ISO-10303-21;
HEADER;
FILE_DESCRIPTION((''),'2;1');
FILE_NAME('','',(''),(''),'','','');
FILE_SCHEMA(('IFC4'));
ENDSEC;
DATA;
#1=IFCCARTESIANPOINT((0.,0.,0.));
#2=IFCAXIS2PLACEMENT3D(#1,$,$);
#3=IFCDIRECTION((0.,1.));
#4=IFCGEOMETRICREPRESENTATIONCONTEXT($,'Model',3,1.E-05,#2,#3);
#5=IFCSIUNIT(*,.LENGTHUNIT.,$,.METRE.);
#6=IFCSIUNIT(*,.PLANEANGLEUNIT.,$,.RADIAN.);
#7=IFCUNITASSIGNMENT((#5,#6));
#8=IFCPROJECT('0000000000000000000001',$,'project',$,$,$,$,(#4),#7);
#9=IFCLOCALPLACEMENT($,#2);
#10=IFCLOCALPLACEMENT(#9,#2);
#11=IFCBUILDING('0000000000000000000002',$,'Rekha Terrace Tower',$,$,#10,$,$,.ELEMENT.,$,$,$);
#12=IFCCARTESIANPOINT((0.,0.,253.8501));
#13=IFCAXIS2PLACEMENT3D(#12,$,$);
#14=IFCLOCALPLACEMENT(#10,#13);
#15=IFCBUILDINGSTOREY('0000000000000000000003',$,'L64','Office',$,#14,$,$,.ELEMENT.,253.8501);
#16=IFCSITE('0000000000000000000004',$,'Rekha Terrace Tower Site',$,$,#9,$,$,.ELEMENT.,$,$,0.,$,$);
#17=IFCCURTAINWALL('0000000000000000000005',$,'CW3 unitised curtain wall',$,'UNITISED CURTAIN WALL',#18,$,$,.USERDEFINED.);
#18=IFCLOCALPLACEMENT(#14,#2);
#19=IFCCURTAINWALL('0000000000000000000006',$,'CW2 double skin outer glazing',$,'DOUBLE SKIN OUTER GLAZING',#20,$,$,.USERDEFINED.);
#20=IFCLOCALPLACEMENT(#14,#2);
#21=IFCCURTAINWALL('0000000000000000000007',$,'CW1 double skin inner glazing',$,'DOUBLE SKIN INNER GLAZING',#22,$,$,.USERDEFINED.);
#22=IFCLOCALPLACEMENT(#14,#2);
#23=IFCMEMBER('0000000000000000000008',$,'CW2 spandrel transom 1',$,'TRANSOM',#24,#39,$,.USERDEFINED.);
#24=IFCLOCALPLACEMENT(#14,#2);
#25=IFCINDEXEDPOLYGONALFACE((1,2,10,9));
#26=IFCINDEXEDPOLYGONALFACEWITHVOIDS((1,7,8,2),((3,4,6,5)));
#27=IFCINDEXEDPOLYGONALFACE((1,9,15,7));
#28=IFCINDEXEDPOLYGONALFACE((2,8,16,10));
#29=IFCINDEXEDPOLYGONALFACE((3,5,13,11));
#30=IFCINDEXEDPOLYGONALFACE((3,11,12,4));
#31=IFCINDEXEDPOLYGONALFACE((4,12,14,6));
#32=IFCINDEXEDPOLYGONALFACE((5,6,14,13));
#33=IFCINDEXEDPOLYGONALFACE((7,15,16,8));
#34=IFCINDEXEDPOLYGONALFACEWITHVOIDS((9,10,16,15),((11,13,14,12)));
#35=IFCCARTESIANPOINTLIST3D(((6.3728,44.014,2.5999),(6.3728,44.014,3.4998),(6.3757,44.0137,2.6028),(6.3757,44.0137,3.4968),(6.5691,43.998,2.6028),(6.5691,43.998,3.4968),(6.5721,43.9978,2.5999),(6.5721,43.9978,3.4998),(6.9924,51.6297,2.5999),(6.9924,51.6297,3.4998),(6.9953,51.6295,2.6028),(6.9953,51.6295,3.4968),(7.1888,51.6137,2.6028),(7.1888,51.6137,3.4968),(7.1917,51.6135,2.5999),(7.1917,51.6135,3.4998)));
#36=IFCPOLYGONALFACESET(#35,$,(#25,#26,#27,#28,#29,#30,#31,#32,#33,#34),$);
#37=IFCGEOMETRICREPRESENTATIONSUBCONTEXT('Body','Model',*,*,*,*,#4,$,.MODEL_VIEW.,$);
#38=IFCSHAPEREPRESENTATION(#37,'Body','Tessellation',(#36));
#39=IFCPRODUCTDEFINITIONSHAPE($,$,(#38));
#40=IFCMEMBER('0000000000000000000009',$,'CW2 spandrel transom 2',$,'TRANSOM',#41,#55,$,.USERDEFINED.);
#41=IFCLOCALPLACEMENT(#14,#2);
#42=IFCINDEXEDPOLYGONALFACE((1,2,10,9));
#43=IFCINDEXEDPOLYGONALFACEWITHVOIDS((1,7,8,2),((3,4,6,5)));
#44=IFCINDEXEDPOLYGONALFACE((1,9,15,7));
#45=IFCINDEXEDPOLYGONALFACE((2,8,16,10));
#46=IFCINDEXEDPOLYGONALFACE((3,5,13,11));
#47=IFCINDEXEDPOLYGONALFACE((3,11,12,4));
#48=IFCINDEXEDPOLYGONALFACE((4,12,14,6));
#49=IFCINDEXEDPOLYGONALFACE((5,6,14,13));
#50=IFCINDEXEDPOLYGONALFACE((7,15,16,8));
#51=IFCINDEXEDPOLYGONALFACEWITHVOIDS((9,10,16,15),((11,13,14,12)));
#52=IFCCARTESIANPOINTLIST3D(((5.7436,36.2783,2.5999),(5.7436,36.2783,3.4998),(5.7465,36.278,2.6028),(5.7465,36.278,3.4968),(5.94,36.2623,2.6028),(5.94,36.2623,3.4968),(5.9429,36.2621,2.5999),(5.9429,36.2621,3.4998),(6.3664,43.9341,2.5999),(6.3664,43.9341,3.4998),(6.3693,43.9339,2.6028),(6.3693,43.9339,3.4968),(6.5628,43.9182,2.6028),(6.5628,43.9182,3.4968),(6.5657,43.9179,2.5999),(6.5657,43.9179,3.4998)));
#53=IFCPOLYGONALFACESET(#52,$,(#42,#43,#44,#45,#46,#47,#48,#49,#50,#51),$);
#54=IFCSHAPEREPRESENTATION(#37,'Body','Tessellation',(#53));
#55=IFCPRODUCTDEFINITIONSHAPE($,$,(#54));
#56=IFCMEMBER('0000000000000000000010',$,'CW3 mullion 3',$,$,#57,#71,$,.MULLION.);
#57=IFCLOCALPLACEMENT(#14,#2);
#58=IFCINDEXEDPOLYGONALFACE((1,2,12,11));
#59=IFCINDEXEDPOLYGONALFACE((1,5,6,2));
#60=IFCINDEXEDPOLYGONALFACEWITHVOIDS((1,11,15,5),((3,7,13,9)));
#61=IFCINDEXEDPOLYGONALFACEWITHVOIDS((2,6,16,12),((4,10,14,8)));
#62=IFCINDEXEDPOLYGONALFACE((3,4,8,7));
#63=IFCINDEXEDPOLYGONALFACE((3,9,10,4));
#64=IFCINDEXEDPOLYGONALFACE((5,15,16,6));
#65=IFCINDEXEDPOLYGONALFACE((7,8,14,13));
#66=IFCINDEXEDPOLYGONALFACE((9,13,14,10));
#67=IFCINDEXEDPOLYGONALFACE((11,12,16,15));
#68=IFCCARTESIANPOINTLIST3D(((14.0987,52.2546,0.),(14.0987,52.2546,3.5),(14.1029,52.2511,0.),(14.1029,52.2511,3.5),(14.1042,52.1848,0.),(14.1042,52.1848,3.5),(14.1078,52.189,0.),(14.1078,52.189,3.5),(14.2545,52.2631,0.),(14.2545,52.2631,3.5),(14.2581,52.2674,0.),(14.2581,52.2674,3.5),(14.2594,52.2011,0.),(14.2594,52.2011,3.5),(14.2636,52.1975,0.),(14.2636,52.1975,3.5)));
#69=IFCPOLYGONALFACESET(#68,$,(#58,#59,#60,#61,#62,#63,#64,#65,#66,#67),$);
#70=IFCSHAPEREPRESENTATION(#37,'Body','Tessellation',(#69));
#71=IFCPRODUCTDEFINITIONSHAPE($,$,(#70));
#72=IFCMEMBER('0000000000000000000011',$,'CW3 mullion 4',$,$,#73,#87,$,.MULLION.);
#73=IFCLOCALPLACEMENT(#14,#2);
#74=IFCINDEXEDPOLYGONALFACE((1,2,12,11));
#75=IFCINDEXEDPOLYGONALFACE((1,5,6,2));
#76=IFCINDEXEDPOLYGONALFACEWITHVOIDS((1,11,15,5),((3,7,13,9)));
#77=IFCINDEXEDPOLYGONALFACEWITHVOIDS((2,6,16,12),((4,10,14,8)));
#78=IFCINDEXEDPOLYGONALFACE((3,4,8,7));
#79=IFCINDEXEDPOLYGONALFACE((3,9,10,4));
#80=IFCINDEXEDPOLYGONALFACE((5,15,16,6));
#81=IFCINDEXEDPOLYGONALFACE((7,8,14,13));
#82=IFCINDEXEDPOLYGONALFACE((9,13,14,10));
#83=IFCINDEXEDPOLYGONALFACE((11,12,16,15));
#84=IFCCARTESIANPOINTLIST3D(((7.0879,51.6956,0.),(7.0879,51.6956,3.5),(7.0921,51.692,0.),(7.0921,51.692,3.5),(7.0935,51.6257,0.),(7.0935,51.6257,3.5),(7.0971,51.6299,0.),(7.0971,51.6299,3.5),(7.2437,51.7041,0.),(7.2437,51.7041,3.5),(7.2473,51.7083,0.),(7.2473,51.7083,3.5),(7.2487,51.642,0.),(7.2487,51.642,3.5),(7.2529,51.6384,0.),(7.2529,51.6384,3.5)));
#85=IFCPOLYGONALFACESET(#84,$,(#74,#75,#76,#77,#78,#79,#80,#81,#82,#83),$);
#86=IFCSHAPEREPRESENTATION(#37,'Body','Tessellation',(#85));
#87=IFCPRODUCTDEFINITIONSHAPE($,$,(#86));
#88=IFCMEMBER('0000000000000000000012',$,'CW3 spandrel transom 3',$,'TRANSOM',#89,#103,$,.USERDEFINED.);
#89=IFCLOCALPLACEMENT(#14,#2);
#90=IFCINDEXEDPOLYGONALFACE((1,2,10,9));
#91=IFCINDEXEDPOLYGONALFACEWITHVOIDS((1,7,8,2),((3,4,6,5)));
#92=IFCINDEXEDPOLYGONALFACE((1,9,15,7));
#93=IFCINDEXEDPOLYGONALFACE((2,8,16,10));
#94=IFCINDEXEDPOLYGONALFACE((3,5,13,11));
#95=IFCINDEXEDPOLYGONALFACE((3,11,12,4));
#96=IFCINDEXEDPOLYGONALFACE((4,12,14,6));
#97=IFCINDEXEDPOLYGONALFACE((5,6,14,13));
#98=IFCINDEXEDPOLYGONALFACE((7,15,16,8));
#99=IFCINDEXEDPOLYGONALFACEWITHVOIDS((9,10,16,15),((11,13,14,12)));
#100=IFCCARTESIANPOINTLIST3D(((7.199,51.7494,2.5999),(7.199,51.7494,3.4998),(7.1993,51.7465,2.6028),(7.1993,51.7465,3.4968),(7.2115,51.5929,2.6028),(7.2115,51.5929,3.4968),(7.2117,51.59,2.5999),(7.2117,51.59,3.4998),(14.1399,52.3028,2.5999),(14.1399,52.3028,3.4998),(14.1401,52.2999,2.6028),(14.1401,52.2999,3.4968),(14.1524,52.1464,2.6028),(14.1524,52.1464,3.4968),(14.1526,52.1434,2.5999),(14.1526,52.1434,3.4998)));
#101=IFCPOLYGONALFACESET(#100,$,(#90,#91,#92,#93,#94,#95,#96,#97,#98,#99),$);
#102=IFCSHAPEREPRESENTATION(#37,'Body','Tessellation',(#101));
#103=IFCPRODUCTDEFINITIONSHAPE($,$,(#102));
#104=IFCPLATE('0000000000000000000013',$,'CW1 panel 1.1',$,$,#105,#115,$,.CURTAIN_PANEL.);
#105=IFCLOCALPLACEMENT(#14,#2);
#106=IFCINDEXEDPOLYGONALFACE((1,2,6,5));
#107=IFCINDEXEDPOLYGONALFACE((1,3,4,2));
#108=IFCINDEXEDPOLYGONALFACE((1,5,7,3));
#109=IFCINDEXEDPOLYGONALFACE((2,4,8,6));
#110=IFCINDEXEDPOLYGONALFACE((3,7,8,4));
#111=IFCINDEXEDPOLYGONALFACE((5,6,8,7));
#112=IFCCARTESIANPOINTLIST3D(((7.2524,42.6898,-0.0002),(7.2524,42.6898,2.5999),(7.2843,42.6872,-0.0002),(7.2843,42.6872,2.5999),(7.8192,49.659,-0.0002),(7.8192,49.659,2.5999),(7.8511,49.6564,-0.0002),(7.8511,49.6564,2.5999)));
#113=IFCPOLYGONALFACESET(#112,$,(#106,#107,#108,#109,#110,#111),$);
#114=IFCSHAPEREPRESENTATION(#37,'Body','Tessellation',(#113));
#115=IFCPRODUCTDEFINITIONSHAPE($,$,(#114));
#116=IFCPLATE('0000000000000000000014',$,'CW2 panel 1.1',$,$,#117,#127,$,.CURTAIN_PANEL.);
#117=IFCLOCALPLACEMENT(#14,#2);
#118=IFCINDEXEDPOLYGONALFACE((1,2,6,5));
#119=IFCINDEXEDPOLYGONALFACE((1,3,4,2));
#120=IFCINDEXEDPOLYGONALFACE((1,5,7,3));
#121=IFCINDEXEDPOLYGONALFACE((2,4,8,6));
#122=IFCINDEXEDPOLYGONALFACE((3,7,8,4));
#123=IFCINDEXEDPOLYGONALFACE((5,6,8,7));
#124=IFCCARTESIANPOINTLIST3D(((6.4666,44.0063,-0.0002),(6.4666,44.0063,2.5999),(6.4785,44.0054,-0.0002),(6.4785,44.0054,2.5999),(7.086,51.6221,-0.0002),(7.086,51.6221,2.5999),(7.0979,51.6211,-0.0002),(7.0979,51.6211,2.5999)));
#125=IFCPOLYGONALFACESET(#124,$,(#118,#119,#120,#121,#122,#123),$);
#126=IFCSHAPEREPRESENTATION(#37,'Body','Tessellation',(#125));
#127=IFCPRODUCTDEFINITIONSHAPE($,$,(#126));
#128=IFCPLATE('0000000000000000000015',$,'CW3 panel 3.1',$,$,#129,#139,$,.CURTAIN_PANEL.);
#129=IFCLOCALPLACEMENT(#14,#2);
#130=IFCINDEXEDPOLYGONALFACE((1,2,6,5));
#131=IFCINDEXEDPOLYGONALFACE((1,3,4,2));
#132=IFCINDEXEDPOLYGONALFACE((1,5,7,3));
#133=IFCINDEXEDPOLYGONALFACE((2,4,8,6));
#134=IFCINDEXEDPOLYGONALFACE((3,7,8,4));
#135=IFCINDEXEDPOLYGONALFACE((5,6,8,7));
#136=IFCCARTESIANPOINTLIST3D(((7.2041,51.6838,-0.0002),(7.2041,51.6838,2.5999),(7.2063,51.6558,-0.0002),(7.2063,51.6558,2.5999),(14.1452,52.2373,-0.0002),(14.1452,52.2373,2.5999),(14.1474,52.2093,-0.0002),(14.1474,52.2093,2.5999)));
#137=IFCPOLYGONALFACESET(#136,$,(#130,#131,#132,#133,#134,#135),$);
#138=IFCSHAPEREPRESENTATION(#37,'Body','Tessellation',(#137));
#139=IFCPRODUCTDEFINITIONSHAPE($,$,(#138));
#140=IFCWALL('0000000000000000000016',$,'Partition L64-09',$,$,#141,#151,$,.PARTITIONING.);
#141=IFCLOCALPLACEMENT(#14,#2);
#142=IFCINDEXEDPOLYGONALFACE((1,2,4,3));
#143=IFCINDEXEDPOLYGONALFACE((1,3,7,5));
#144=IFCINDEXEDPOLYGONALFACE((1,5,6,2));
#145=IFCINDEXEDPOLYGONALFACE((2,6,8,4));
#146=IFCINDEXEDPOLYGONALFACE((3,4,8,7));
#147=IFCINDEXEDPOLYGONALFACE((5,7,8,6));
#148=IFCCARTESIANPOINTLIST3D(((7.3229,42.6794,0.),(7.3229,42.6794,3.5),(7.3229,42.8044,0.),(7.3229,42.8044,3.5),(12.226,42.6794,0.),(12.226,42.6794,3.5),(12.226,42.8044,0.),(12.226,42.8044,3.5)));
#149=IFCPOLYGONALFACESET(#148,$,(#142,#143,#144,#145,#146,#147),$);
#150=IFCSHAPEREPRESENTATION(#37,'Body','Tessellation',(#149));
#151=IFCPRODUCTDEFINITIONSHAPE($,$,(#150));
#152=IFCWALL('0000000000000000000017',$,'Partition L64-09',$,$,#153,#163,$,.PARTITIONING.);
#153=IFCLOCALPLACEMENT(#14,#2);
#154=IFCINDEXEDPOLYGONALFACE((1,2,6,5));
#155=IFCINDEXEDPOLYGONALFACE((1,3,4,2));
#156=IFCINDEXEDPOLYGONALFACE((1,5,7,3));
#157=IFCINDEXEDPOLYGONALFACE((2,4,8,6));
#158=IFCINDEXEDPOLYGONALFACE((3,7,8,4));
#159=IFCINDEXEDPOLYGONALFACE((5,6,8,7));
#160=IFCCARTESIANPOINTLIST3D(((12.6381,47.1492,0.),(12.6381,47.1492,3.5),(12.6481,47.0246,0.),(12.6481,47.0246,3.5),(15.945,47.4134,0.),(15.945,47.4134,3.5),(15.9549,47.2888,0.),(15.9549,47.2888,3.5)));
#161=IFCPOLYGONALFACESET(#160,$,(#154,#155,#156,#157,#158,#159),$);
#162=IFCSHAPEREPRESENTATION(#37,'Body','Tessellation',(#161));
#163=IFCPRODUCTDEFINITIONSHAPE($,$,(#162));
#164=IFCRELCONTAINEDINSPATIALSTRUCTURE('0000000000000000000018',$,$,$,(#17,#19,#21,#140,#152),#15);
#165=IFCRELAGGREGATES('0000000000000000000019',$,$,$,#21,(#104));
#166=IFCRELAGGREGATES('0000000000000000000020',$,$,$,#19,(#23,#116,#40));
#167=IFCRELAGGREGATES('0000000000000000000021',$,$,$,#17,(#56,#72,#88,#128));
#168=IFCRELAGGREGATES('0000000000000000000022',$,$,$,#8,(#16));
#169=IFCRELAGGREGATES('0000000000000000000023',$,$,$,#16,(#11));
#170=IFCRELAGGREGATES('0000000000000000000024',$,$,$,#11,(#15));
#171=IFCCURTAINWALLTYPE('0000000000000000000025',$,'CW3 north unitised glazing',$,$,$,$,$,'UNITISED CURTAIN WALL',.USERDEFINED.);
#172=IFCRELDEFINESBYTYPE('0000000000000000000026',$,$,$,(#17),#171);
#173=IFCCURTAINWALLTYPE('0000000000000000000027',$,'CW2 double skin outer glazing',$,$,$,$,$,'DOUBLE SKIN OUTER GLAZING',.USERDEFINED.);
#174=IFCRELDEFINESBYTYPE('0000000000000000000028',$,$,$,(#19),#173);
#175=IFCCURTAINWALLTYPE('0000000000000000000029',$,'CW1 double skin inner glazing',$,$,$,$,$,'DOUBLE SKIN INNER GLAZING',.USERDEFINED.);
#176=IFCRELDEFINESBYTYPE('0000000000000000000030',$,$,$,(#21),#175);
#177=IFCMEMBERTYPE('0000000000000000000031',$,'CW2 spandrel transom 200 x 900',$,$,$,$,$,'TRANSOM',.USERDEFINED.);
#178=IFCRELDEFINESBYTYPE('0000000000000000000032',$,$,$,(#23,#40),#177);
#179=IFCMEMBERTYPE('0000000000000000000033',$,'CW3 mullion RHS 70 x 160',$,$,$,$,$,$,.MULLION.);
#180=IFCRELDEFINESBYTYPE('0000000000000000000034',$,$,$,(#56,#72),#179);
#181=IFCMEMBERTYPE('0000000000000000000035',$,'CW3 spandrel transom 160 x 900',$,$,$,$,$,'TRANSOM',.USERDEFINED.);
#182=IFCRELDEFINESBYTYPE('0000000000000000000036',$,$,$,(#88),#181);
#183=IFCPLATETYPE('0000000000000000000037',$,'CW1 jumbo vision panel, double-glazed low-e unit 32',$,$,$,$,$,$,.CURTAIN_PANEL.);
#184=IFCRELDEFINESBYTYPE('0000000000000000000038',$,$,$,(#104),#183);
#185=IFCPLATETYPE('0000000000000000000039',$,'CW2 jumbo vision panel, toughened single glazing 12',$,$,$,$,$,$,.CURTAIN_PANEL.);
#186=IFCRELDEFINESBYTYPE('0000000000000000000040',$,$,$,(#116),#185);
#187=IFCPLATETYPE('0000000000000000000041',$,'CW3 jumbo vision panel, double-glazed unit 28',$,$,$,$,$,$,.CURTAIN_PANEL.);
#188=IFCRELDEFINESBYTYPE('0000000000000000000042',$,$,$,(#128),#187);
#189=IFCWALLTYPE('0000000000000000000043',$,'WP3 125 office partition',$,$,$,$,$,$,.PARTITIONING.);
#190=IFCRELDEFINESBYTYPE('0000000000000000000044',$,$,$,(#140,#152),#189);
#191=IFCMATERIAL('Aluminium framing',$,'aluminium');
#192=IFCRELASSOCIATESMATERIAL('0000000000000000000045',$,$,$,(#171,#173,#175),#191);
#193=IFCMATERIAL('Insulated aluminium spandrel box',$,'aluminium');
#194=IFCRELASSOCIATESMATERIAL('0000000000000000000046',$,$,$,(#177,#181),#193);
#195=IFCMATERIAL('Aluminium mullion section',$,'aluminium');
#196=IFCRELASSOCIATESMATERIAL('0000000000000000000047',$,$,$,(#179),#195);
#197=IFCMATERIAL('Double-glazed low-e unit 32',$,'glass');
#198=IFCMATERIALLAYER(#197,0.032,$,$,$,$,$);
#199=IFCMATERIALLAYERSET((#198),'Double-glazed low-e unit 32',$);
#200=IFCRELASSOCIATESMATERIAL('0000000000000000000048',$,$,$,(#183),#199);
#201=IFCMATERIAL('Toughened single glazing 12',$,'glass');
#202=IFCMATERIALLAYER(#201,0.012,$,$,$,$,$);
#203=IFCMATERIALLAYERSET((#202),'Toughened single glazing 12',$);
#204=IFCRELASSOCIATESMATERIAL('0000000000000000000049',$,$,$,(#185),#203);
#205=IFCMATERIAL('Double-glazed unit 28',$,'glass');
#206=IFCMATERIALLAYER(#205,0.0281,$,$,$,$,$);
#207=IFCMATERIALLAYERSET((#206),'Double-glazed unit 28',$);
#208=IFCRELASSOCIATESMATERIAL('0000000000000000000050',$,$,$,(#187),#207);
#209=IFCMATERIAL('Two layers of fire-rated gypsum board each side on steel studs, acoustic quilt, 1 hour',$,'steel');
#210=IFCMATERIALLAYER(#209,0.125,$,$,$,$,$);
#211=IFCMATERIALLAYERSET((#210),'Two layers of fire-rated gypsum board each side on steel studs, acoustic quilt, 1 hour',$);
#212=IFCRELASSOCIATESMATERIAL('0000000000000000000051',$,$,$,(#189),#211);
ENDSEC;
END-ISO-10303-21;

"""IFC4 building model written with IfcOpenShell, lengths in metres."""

from ifc_helpers import new_model, si_unit, direction, frame, frame_2d, origin, origin_2d, place, context, subcontext, project, spatial, rectangle, hollow_rectangle, extrude, material, layer, layer_set, material_profile, profile_set, type_object, element, aggregate, save


model = new_model("IFC4")

# Units and contexts
model_context = context("Model", 3, precision=1e-05, world=origin(), true_north=direction((0.0, 1.0)))
body_context = subcontext(model_context, "Body", "Model", "MODEL_VIEW")
ifc_project = project(units=[si_unit("LENGTHUNIT", "METRE"), si_unit("PLANEANGLEUNIT", "RADIAN")], contexts=[model_context])

# Site, building, storey
site_placement = place(None, origin())
site = spatial("IfcSite", under=ifc_project, at=site_placement, Name="Rekha Terrace Tower Site", CompositionType="ELEMENT", RefElevation=0.0)
building_placement = place(site_placement, origin())
building = spatial("IfcBuilding", under=site, at=building_placement, Name="Rekha Terrace Tower", CompositionType="ELEMENT")
storey_placement = place(building_placement, frame((0.0, 0.0, 253.8501)))
storey = spatial("IfcBuildingStorey", under=building, at=storey_placement, Name="L64", Description="Office", CompositionType="ELEMENT", Elevation=253.8501)

# Curtain walls
ifc_material_1 = material(Name="Aluminium framing", Category="aluminium")
curtain_wall_type_1 = type_object("IfcCurtainWallType", Name="CW3 north unitised glazing", ElementType="UNITISED CURTAIN WALL", PredefinedType="USERDEFINED", material=ifc_material_1)
curtain_wall_1_placement = place(storey_placement, origin())
curtain_wall_1 = element("IfcCurtainWall", 1, at=curtain_wall_1_placement, inside=storey, type_object=curtain_wall_type_1, Name="CW3 unitised curtain wall", ObjectType="UNITISED CURTAIN WALL", PredefinedType="USERDEFINED")
curtain_wall_type_2 = type_object("IfcCurtainWallType", Name="CW2 double skin outer glazing", ElementType="DOUBLE SKIN OUTER GLAZING", PredefinedType="USERDEFINED", material=ifc_material_1)
curtain_wall_2_placement = place(storey_placement, origin())
curtain_wall_2 = element("IfcCurtainWall", 2, at=curtain_wall_2_placement, inside=storey, type_object=curtain_wall_type_2, Name="CW2 double skin outer glazing", ObjectType="DOUBLE SKIN OUTER GLAZING", PredefinedType="USERDEFINED")

# Curtain wall
curtain_wall_type_3 = type_object("IfcCurtainWallType", Name="CW1 double skin inner glazing", ElementType="DOUBLE SKIN INNER GLAZING", PredefinedType="USERDEFINED", material=ifc_material_1)
curtain_wall_3_placement = place(storey_placement, origin())
curtain_wall_3 = element("IfcCurtainWall", 3, at=curtain_wall_3_placement, inside=storey, type_object=curtain_wall_type_3, Name="CW1 double skin inner glazing", ObjectType="DOUBLE SKIN INNER GLAZING", PredefinedType="USERDEFINED")
ifc_material_2 = material(Name="Aluminium mullion section", Category="aluminium")
ifc_material_3 = material(Name="Insulated aluminium spandrel box", Category="aluminium")

# Members
ifc_material_profile_1 = material_profile(ifc_material_3, hollow_rectangle(XDim=0.2, YDim=0.8999, WallThickness=0.0029, at=origin_2d()), Name="AL SPANDREL BOX 200x900")
ifc_profile_set_1 = profile_set([ifc_material_profile_1], Name="Insulated aluminium spandrel box")
member_type_1 = type_object("IfcMemberType", Name="CW2 spandrel transom 200 x 900", ElementType="TRANSOM", PredefinedType="USERDEFINED", material=ifc_profile_set_1)
member_1_placement = place(storey_placement, frame((7.092, 51.6216, 3.0498), z_axis=(-0.081094, -0.996706, 0.0), x_axis=(0.996706, -0.081094, 0.0)))
member_1 = element("IfcMember", 4, at=member_1_placement, type_object=member_type_1, Name="CW2 spandrel transom 1", ObjectType="TRANSOM", PredefinedType="USERDEFINED", context=body_context, shape_type="SweptSolid", body=[
    extrude(hollow_rectangle(XDim=0.2, YDim=0.8999, WallThickness=0.0029, at=origin_2d()), origin(), (0.0, 0.0, 1.0), 7.6409),
])
member_2_placement = place(storey_placement, frame((6.4661, 43.926, 3.0498), z_axis=(-0.081083, -0.996707, 0.0), x_axis=(0.996707, -0.081083, 0.0)))
member_2 = element("IfcMember", 5, at=member_2_placement, type_object=member_type_1, Name="CW2 spandrel transom 2", ObjectType="TRANSOM", PredefinedType="USERDEFINED", context=body_context, shape_type="SweptSolid", body=[
    extrude(hollow_rectangle(XDim=0.2, YDim=0.8999, WallThickness=0.0029, at=origin_2d()), origin(), (0.0, 0.0, 1.0), 7.6812),
])
ifc_material_profile_2 = material_profile(ifc_material_2, hollow_rectangle(XDim=0.0701, YDim=0.1599, WallThickness=0.0039, at=origin_2d()), Name="AL RHS 70x160")
ifc_profile_set_2 = profile_set([ifc_material_profile_2], Name="Aluminium mullion section")
member_type_2 = type_object("IfcMemberType", Name="CW3 mullion RHS 70 x 160", PredefinedType="MULLION", material=ifc_profile_set_2)
member_3_placement = place(storey_placement, frame((14.1812, 52.2261, 0.0), z_axis=(0.0, 0.0, 1.0), x_axis=(0.079485, -0.996836, 0.0)))
member_3 = element("IfcMember", 6, at=member_3_placement, type_object=member_type_2, Name="CW3 mullion 3", PredefinedType="MULLION", context=body_context, shape_type="SweptSolid", body=[
    extrude(hollow_rectangle(XDim=0.0701, YDim=0.1599, WallThickness=0.0039, at=origin_2d()), origin(), (0.0, 0.0, 1.0), 3.5),
])
member_4_placement = place(storey_placement, frame((7.1704, 51.667, 0.0), z_axis=(0.0, 0.0, 1.0), x_axis=(0.079485, -0.996836, 0.0)))
member_4 = element("IfcMember", 7, at=member_4_placement, type_object=member_type_2, Name="CW3 mullion 4", PredefinedType="MULLION", context=body_context, shape_type="SweptSolid", body=[
    extrude(hollow_rectangle(XDim=0.0701, YDim=0.1599, WallThickness=0.0039, at=origin_2d()), origin(), (0.0, 0.0, 1.0), 3.5),
])
ifc_material_profile_3 = material_profile(ifc_material_3, hollow_rectangle(XDim=0.1599, YDim=0.8999, WallThickness=0.0029, at=origin_2d()), Name="AL SPANDREL BOX 160x900")
ifc_profile_set_3 = profile_set([ifc_material_profile_3], Name="Insulated aluminium spandrel box")
member_type_3 = type_object("IfcMemberType", Name="CW3 spandrel transom 160 x 900", ElementType="TRANSOM", PredefinedType="USERDEFINED", material=ifc_profile_set_3)
member_5_placement = place(storey_placement, frame((14.1462, 52.2231, 3.0498), z_axis=(-0.996836, -0.079487, 0.0), x_axis=(0.079487, -0.996836, 0.0)))
member_5 = element("IfcMember", 8, at=member_5_placement, type_object=member_type_3, Name="CW3 spandrel transom 3", ObjectType="TRANSOM", PredefinedType="USERDEFINED", context=body_context, shape_type="SweptSolid", body=[
    extrude(hollow_rectangle(XDim=0.1599, YDim=0.8999, WallThickness=0.0029, at=origin_2d()), origin(), (0.0, 0.0, 1.0), 6.9629),
])

# Plates
ifc_material_4 = material(Name="Double-glazed low-e unit 32", Category="glass")
ifc_layer_1 = layer(ifc_material_4, 0.032)
ifc_layer_set_1 = layer_set([ifc_layer_1], Name="Double-glazed low-e unit 32")
plate_type_1 = type_object("IfcPlateType", Name="CW1 jumbo vision panel, double-glazed low-e unit 32", PredefinedType="CURTAIN_PANEL", material=ifc_layer_set_1)
plate_1_placement = place(storey_placement, frame((7.5518, 46.1731, -0.0002), z_axis=(0.0, 0.0, 1.0), x_axis=(-0.081068, -0.996709, 0.0)))
plate_1 = element("IfcPlate", 9, at=plate_1_placement, type_object=plate_type_1, Name="CW1 panel 1.1", PredefinedType="CURTAIN_PANEL", context=body_context, shape_type="SweptSolid", body=[
    extrude(rectangle(XDim=6.9922, YDim=0.032, at=origin_2d()), origin(), (0.0, 0.0, 1.0), 2.6001),
])
aggregate(curtain_wall_3, [plate_1])
ifc_material_5 = material(Name="Toughened single glazing 12", Category="glass")
ifc_layer_2 = layer(ifc_material_5, 0.012)
ifc_layer_set_2 = layer_set([ifc_layer_2], Name="Toughened single glazing 12")
plate_type_2 = type_object("IfcPlateType", Name="CW2 jumbo vision panel, toughened single glazing 12", PredefinedType="CURTAIN_PANEL", material=ifc_layer_set_2)
plate_2_placement = place(storey_placement, frame((6.7822, 47.8137, -0.0002), z_axis=(0.0, 0.0, 1.0), x_axis=(-0.081068, -0.996709, 0.0)))
plate_2 = element("IfcPlate", 10, at=plate_2_placement, type_object=plate_type_2, Name="CW2 panel 1.1", PredefinedType="CURTAIN_PANEL", context=body_context, shape_type="SweptSolid", body=[
    extrude(rectangle(XDim=7.6409, YDim=0.012, at=origin_2d()), origin(), (0.0, 0.0, 1.0), 2.6001),
])
aggregate(curtain_wall_2, [member_1, plate_2, member_2])
ifc_material_6 = material(Name="Double-glazed unit 28", Category="glass")
ifc_layer_3 = layer(ifc_material_6, 0.0281)
ifc_layer_set_3 = layer_set([ifc_layer_3], Name="Double-glazed unit 28")
plate_type_3 = type_object("IfcPlateType", Name="CW3 jumbo vision panel, double-glazed unit 28", PredefinedType="CURTAIN_PANEL", material=ifc_layer_set_3)
plate_3_placement = place(storey_placement, frame((10.6758, 51.9465, -0.0002), z_axis=(0.0, 0.0, 1.0), x_axis=(-0.996836, -0.079485, 0.0)))
plate_3 = element("IfcPlate", 11, at=plate_3_placement, type_object=plate_type_3, Name="CW3 panel 3.1", PredefinedType="CURTAIN_PANEL", context=body_context, shape_type="SweptSolid", body=[
    extrude(rectangle(XDim=6.9631, YDim=0.0281, at=origin_2d()), origin(), (0.0, 0.0, 1.0), 2.6001),
])
aggregate(curtain_wall_1, [member_3, member_4, member_5, plate_3])

# Walls
ifc_material_7 = material(Name="Two layers of fire-rated gypsum board each side on steel studs, acoustic quilt, 1 hour", Category="steel")
ifc_layer_4 = layer(ifc_material_7, 0.125)
ifc_layer_set_4 = layer_set([ifc_layer_4], Name="Two layers of fire-rated gypsum board each side on steel studs, acoustic quilt, 1 hour")
wall_type = type_object("IfcWallType", Name="WP3 125 office partition", PredefinedType="PARTITIONING", material=ifc_layer_set_4)
wall_1_placement = place(storey_placement, frame((12.2261, 42.7419, 0.0), z_axis=(0.0, 0.0, 1.0), x_axis=(-1.0, 0.0, 0.0)))
element("IfcWall", 12, at=wall_1_placement, inside=storey, type_object=wall_type, Name="Partition L64-09", PredefinedType="PARTITIONING", context=body_context, shape_type="SweptSolid", body=[
    extrude(rectangle(XDim=4.9031, YDim=0.125, at=frame_2d((2.4517, 0.0))), origin(), (0.0, 0.0, 1.0), 3.5),
])
wall_2_placement = place(storey_placement, frame((15.95, 47.3511, 0.0), z_axis=(0.0, 0.0, 1.0), x_axis=(-0.996825, -0.079628, 0.0)))
element("IfcWall", 13, at=wall_2_placement, inside=storey, type_object=wall_type, Name="Partition L64-09", PredefinedType="PARTITIONING", context=body_context, shape_type="SweptSolid", body=[
    extrude(rectangle(XDim=3.3174, YDim=0.125, at=frame_2d((1.6587, 0.0))), origin(), (0.0, 0.0, 1.0), 3.5),
])

save(model, "model.ifc")
